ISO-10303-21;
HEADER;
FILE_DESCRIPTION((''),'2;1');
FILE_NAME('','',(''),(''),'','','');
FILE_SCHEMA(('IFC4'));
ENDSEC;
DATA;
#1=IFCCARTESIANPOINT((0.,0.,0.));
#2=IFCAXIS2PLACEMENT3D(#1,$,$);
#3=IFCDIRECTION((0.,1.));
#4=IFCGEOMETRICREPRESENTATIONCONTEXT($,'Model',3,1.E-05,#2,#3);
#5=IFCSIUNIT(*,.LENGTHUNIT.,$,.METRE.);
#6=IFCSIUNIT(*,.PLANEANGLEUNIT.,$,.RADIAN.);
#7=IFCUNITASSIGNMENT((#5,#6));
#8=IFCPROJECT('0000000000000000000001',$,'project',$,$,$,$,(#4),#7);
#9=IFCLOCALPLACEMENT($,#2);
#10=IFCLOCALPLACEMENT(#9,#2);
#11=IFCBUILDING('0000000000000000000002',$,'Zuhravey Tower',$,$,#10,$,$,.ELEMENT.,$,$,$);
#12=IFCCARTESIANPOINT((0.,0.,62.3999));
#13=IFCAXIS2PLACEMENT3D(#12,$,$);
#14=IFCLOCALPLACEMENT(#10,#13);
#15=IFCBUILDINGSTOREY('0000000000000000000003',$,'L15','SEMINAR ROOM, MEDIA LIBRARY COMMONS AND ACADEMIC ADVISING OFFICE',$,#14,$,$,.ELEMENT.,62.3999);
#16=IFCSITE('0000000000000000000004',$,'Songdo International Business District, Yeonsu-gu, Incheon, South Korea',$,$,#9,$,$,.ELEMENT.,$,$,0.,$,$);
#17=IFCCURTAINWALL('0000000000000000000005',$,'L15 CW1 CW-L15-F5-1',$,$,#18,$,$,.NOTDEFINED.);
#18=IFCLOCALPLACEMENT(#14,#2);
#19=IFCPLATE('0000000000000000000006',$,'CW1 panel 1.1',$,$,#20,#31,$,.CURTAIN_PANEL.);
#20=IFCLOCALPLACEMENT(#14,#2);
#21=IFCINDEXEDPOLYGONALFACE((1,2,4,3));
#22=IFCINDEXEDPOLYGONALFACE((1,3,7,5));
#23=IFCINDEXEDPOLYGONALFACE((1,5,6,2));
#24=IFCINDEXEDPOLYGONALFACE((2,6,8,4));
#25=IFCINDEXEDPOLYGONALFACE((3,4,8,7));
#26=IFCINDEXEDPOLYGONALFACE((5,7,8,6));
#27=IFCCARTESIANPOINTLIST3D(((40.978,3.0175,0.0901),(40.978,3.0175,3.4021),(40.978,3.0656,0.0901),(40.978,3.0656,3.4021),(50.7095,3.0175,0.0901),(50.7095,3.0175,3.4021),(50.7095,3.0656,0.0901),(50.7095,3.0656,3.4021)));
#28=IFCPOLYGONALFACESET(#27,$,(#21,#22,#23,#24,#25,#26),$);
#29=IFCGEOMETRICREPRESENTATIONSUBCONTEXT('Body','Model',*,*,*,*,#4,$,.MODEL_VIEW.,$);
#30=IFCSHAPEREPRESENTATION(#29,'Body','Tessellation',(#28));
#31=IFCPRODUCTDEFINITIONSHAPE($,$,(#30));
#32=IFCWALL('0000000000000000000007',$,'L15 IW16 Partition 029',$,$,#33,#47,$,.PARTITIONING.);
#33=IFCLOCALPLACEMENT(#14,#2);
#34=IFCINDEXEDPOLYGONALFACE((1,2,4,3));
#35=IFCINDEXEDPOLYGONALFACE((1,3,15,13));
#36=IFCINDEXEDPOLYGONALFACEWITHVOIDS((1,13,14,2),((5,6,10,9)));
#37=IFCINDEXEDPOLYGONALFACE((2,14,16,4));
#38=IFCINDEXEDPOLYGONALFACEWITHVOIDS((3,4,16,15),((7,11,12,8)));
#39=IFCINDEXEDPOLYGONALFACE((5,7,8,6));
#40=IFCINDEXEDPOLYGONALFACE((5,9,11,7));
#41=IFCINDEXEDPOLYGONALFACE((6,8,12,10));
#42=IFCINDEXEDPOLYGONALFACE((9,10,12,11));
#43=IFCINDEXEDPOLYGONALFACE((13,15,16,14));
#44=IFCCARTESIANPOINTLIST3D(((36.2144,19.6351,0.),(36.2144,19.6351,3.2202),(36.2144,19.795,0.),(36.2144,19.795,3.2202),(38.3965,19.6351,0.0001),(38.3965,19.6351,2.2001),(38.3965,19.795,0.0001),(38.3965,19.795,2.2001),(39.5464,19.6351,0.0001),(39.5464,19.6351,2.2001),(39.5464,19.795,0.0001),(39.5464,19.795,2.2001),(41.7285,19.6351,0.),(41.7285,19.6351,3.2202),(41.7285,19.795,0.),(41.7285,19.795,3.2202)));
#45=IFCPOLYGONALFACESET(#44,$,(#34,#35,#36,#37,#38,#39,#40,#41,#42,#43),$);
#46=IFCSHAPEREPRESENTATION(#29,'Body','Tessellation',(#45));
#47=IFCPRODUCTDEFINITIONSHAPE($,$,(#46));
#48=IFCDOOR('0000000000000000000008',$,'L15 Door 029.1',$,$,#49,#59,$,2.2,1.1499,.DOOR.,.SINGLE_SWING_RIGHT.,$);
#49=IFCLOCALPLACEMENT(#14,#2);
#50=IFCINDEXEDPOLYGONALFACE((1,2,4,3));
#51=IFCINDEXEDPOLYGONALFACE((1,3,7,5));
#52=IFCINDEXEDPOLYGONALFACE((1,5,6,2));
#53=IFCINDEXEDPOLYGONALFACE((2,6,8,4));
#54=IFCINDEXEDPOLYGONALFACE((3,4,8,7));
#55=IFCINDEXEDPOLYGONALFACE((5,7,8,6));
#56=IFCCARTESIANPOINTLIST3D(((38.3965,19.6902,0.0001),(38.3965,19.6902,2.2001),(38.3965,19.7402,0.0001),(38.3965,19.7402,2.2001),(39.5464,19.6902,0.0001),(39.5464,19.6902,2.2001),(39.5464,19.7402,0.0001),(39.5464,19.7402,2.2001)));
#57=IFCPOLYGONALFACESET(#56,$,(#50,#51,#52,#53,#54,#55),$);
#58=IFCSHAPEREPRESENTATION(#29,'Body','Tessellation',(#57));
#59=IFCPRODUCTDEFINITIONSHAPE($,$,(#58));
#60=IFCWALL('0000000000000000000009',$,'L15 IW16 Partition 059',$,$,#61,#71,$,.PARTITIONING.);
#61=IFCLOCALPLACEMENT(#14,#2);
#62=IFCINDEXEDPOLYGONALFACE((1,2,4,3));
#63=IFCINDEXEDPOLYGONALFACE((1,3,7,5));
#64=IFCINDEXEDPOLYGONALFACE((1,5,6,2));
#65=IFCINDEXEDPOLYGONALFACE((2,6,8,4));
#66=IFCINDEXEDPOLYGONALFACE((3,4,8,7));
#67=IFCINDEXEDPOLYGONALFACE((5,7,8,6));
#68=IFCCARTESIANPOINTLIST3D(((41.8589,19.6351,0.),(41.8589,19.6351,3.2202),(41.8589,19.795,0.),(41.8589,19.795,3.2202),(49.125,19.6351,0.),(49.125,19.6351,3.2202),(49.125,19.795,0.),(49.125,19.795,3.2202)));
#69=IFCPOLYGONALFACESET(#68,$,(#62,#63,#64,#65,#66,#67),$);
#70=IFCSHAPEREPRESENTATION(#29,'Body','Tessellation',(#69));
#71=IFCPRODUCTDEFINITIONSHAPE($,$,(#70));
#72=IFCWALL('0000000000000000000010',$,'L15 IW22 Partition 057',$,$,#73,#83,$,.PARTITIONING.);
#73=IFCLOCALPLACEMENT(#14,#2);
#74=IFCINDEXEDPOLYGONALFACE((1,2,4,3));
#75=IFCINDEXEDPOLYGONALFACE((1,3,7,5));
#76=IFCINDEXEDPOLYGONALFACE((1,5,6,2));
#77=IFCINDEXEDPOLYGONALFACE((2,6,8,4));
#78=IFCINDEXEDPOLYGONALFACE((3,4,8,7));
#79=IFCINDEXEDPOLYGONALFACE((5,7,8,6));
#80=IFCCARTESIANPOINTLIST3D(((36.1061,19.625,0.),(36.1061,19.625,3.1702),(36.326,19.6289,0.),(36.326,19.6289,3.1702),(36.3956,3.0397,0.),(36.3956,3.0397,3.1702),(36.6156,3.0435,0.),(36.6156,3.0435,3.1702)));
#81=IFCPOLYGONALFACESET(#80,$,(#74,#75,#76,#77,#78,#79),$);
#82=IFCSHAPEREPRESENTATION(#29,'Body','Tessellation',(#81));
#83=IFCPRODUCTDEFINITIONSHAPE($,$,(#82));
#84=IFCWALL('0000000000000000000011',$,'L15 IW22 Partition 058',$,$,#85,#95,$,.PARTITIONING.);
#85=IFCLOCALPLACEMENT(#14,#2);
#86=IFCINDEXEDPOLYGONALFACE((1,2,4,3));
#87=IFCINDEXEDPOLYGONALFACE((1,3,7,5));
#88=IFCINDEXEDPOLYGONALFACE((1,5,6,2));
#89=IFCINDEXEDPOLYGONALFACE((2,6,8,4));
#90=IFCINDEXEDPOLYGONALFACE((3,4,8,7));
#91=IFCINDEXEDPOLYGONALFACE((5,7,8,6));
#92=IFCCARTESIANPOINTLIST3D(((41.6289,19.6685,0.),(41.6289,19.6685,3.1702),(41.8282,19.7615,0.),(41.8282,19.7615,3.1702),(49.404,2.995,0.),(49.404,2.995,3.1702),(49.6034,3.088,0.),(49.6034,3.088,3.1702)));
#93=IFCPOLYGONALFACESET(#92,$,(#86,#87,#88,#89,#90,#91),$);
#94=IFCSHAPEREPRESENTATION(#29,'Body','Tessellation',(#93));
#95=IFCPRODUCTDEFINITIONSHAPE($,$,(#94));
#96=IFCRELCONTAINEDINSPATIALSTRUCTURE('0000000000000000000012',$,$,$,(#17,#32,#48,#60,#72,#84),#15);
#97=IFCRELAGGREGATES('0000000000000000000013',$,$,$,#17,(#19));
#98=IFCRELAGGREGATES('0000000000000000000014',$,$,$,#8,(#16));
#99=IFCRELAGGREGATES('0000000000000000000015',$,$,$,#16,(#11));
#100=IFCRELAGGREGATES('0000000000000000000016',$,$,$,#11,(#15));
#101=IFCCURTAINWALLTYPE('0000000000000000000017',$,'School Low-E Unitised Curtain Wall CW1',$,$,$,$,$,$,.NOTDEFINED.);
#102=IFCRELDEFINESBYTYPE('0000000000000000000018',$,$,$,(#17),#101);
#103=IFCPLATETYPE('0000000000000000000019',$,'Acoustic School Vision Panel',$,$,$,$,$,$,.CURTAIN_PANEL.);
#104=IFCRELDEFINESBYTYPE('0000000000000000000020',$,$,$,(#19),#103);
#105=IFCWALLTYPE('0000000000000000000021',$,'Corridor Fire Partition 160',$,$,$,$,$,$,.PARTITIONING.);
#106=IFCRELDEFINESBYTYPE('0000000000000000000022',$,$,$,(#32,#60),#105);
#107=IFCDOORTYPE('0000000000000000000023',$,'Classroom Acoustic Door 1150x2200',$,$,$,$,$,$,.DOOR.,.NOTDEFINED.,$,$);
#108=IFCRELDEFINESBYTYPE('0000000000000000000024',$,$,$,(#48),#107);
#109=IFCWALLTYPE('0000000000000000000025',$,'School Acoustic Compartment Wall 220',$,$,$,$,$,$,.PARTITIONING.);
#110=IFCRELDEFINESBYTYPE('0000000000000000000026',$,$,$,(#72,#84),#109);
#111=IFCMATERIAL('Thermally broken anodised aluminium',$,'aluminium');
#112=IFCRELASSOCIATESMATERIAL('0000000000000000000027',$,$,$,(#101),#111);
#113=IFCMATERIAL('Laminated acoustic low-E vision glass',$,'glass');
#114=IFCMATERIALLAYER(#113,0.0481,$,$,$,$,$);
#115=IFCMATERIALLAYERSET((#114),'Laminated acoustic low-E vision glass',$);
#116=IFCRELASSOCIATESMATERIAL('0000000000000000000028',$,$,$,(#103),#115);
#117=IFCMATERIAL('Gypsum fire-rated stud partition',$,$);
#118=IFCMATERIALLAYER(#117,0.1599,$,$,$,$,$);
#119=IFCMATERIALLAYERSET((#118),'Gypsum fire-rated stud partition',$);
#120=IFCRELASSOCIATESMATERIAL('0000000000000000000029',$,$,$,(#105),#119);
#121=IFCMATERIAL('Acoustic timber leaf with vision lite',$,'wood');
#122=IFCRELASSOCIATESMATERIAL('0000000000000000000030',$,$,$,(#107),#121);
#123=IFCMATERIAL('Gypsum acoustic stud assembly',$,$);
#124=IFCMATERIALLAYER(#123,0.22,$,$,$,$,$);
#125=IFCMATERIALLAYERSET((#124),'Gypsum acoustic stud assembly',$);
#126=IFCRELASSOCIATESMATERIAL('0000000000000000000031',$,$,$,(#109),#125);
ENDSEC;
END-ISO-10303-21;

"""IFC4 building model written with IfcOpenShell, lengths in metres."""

from ifc_helpers import new_model, si_unit, direction, frame, frame_2d, origin, origin_2d, place, context, subcontext, project, spatial, rectangle, extrude, material, layer, layer_set, type_object, element, fill, aggregate, save


model = new_model("IFC4")

# Units and contexts
model_context = context("Model", 3, precision=1e-05, world=origin(), true_north=direction((0.0, 1.0)))
body_context = subcontext(model_context, "Body", "Model", "MODEL_VIEW")
ifc_project = project(units=[si_unit("LENGTHUNIT", "METRE"), si_unit("PLANEANGLEUNIT", "RADIAN")], contexts=[model_context])

# Site, building, storey
site_placement = place(None, origin())
site = spatial("IfcSite", under=ifc_project, at=site_placement, Name="Songdo International Business District, Yeonsu-gu, Incheon, South Korea", CompositionType="ELEMENT", RefElevation=0.0)
building_placement = place(site_placement, origin())
building = spatial("IfcBuilding", under=site, at=building_placement, Name="Zuhravey Tower", CompositionType="ELEMENT")
storey_placement = place(building_placement, frame((0.0, 0.0, 62.3999)))
storey = spatial("IfcBuildingStorey", under=building, at=storey_placement, Name="L15", Description="SEMINAR ROOM, MEDIA LIBRARY COMMONS AND ACADEMIC ADVISING OFFICE", CompositionType="ELEMENT", Elevation=62.3999)

# Curtain wall
ifc_material_1 = material(Name="Thermally broken anodised aluminium", Category="aluminium")
curtain_wall_type = type_object("IfcCurtainWallType", Name="School Low-E Unitised Curtain Wall CW1", PredefinedType="NOTDEFINED", material=ifc_material_1)
curtain_wall_placement = place(storey_placement, origin())
curtain_wall = element("IfcCurtainWall", 1, at=curtain_wall_placement, inside=storey, type_object=curtain_wall_type, Name="L15 CW1 CW-L15-F5-1", PredefinedType="NOTDEFINED")

# Plate
ifc_material_2 = material(Name="Laminated acoustic low-E vision glass", Category="glass")
ifc_layer_1 = layer(ifc_material_2, 0.0481)
ifc_layer_set_1 = layer_set([ifc_layer_1], Name="Laminated acoustic low-E vision glass")
plate_type = type_object("IfcPlateType", Name="Acoustic School Vision Panel", PredefinedType="CURTAIN_PANEL", material=ifc_layer_set_1)
plate_placement = place(storey_placement, frame((45.8438, 3.0415, 0.0901), z_axis=(0.0, 0.0, 1.0), x_axis=(-1.0, 0.0, 0.0)))
plate = element("IfcPlate", 2, at=plate_placement, type_object=plate_type, Name="CW1 panel 1.1", PredefinedType="CURTAIN_PANEL", context=body_context, shape_type="SweptSolid", body=[
    extrude(rectangle(XDim=9.7314, YDim=0.0481, at=origin_2d()), origin(), (0.0, 0.0, 1.0), 3.312),
])
aggregate(curtain_wall, [plate])

# Wall, opening, door
ifc_material_3 = material(Name="Gypsum fire-rated stud partition")
ifc_layer_2 = layer(ifc_material_3, 0.1599)
ifc_layer_set_2 = layer_set([ifc_layer_2], Name="Gypsum fire-rated stud partition")
wall_type_1 = type_object("IfcWallType", Name="Corridor Fire Partition 160", PredefinedType="PARTITIONING", material=ifc_layer_set_2)
wall_1_placement = place(storey_placement, frame((36.2144, 19.7151, 0.0), z_axis=(0.0, 0.0, 1.0), x_axis=(1.0, 0.0, 0.0)))
wall_1 = element("IfcWall", 3, at=wall_1_placement, inside=storey, type_object=wall_type_1, Name="L15 IW16 Partition 029", PredefinedType="PARTITIONING", context=body_context, shape_type="SweptSolid", body=[
    extrude(rectangle(XDim=5.5142, YDim=0.1599, at=frame_2d((2.7571, 0.0))), origin(), (0.0, 0.0, 1.0), 3.2202),
])
opening_1_placement = place(wall_1_placement, frame((2.1821, 0.0, 0.0)))
opening_1 = element("IfcOpeningElement", 4, at=opening_1_placement, cuts=wall_1, PredefinedType="OPENING", context=body_context, shape_type="SweptSolid", body=[
    extrude(rectangle(XDim=1.1499, YDim=2.2, at=frame_2d((0.575, 1.1001))), frame((0.0, 0.092, 0.0), z_axis=(0.0, -1.0, 0.0), x_axis=(1.0, 0.0, 0.0)), (0.0, 0.0, 1.0), 0.1838),
])
ifc_material_4 = material(Name="Acoustic timber leaf with vision lite", Category="wood")
door_type_1 = type_object("IfcDoorType", Name="Classroom Acoustic Door 1150x2200", OperationType="NOTDEFINED", PredefinedType="DOOR", material=ifc_material_4)
door_1_placement = place(opening_1_placement, frame((1.1499, 0.0, 0.0), z_axis=(0.0, 0.0, 1.0), x_axis=(-1.0, 0.0, 0.0)))
door_1 = element("IfcDoor", 5, at=door_1_placement, inside=storey, type_object=door_type_1, Name="L15 Door 029.1", OperationType="SINGLE_SWING_RIGHT", OverallHeight=2.2, OverallWidth=1.1499, PredefinedType="DOOR", context=body_context, shape_type="SweptSolid", body=[
    extrude(rectangle(XDim=1.1499, YDim=2.2, at=frame_2d((0.575, 1.1001))), frame((0.0, 0.0249, 0.0), z_axis=(0.0, -1.0, 0.0), x_axis=(1.0, 0.0, 0.0)), (0.0, 0.0, 1.0), 0.05),
])
fill(opening_1, door_1)

# Walls
wall_2_placement = place(storey_placement, frame((41.8589, 19.7151, 0.0), z_axis=(0.0, 0.0, 1.0), x_axis=(1.0, 0.0, 0.0)))
element("IfcWall", 6, at=wall_2_placement, inside=storey, type_object=wall_type_1, Name="L15 IW16 Partition 059", PredefinedType="PARTITIONING", context=body_context, shape_type="SweptSolid", body=[
    extrude(rectangle(XDim=7.2661, YDim=0.1599, at=frame_2d((3.6331, 0.0))), origin(), (0.0, 0.0, 1.0), 3.2202),
])
ifc_material_5 = material(Name="Gypsum acoustic stud assembly")
ifc_layer_3 = layer(ifc_material_5, 0.22)
ifc_layer_set_3 = layer_set([ifc_layer_3], Name="Gypsum acoustic stud assembly")
wall_type_2 = type_object("IfcWallType", Name="School Acoustic Compartment Wall 220", PredefinedType="PARTITIONING", material=ifc_layer_set_3)
wall_3_placement = place(storey_placement, frame((36.2161, 19.627, 0.0), z_axis=(0.0, 0.0, 1.0), x_axis=(0.017455, -0.999848, 0.0)))
element("IfcWall", 7, at=wall_3_placement, inside=storey, type_object=wall_type_2, Name="L15 IW22 Partition 057", PredefinedType="PARTITIONING", context=body_context, shape_type="SweptSolid", body=[
    extrude(rectangle(XDim=16.5879, YDim=0.22, at=frame_2d((8.2939, 0.0))), origin(), (0.0, 0.0, 1.0), 3.1702),
])
wall_4_placement = place(storey_placement, frame((41.7285, 19.7151, 0.0), z_axis=(0.0, 0.0, 1.0), x_axis=(0.422624, -0.906305, 0.0)))
element("IfcWall", 8, at=wall_4_placement, inside=storey, type_object=wall_type_2, Name="L15 IW22 Partition 058", PredefinedType="PARTITIONING", context=body_context, shape_type="SweptSolid", body=[
    extrude(rectangle(XDim=18.3972, YDim=0.22, at=frame_2d((9.1987, 0.0))), origin(), (0.0, 0.0, 1.0), 3.1702),
])

save(model, "model.ifc")
